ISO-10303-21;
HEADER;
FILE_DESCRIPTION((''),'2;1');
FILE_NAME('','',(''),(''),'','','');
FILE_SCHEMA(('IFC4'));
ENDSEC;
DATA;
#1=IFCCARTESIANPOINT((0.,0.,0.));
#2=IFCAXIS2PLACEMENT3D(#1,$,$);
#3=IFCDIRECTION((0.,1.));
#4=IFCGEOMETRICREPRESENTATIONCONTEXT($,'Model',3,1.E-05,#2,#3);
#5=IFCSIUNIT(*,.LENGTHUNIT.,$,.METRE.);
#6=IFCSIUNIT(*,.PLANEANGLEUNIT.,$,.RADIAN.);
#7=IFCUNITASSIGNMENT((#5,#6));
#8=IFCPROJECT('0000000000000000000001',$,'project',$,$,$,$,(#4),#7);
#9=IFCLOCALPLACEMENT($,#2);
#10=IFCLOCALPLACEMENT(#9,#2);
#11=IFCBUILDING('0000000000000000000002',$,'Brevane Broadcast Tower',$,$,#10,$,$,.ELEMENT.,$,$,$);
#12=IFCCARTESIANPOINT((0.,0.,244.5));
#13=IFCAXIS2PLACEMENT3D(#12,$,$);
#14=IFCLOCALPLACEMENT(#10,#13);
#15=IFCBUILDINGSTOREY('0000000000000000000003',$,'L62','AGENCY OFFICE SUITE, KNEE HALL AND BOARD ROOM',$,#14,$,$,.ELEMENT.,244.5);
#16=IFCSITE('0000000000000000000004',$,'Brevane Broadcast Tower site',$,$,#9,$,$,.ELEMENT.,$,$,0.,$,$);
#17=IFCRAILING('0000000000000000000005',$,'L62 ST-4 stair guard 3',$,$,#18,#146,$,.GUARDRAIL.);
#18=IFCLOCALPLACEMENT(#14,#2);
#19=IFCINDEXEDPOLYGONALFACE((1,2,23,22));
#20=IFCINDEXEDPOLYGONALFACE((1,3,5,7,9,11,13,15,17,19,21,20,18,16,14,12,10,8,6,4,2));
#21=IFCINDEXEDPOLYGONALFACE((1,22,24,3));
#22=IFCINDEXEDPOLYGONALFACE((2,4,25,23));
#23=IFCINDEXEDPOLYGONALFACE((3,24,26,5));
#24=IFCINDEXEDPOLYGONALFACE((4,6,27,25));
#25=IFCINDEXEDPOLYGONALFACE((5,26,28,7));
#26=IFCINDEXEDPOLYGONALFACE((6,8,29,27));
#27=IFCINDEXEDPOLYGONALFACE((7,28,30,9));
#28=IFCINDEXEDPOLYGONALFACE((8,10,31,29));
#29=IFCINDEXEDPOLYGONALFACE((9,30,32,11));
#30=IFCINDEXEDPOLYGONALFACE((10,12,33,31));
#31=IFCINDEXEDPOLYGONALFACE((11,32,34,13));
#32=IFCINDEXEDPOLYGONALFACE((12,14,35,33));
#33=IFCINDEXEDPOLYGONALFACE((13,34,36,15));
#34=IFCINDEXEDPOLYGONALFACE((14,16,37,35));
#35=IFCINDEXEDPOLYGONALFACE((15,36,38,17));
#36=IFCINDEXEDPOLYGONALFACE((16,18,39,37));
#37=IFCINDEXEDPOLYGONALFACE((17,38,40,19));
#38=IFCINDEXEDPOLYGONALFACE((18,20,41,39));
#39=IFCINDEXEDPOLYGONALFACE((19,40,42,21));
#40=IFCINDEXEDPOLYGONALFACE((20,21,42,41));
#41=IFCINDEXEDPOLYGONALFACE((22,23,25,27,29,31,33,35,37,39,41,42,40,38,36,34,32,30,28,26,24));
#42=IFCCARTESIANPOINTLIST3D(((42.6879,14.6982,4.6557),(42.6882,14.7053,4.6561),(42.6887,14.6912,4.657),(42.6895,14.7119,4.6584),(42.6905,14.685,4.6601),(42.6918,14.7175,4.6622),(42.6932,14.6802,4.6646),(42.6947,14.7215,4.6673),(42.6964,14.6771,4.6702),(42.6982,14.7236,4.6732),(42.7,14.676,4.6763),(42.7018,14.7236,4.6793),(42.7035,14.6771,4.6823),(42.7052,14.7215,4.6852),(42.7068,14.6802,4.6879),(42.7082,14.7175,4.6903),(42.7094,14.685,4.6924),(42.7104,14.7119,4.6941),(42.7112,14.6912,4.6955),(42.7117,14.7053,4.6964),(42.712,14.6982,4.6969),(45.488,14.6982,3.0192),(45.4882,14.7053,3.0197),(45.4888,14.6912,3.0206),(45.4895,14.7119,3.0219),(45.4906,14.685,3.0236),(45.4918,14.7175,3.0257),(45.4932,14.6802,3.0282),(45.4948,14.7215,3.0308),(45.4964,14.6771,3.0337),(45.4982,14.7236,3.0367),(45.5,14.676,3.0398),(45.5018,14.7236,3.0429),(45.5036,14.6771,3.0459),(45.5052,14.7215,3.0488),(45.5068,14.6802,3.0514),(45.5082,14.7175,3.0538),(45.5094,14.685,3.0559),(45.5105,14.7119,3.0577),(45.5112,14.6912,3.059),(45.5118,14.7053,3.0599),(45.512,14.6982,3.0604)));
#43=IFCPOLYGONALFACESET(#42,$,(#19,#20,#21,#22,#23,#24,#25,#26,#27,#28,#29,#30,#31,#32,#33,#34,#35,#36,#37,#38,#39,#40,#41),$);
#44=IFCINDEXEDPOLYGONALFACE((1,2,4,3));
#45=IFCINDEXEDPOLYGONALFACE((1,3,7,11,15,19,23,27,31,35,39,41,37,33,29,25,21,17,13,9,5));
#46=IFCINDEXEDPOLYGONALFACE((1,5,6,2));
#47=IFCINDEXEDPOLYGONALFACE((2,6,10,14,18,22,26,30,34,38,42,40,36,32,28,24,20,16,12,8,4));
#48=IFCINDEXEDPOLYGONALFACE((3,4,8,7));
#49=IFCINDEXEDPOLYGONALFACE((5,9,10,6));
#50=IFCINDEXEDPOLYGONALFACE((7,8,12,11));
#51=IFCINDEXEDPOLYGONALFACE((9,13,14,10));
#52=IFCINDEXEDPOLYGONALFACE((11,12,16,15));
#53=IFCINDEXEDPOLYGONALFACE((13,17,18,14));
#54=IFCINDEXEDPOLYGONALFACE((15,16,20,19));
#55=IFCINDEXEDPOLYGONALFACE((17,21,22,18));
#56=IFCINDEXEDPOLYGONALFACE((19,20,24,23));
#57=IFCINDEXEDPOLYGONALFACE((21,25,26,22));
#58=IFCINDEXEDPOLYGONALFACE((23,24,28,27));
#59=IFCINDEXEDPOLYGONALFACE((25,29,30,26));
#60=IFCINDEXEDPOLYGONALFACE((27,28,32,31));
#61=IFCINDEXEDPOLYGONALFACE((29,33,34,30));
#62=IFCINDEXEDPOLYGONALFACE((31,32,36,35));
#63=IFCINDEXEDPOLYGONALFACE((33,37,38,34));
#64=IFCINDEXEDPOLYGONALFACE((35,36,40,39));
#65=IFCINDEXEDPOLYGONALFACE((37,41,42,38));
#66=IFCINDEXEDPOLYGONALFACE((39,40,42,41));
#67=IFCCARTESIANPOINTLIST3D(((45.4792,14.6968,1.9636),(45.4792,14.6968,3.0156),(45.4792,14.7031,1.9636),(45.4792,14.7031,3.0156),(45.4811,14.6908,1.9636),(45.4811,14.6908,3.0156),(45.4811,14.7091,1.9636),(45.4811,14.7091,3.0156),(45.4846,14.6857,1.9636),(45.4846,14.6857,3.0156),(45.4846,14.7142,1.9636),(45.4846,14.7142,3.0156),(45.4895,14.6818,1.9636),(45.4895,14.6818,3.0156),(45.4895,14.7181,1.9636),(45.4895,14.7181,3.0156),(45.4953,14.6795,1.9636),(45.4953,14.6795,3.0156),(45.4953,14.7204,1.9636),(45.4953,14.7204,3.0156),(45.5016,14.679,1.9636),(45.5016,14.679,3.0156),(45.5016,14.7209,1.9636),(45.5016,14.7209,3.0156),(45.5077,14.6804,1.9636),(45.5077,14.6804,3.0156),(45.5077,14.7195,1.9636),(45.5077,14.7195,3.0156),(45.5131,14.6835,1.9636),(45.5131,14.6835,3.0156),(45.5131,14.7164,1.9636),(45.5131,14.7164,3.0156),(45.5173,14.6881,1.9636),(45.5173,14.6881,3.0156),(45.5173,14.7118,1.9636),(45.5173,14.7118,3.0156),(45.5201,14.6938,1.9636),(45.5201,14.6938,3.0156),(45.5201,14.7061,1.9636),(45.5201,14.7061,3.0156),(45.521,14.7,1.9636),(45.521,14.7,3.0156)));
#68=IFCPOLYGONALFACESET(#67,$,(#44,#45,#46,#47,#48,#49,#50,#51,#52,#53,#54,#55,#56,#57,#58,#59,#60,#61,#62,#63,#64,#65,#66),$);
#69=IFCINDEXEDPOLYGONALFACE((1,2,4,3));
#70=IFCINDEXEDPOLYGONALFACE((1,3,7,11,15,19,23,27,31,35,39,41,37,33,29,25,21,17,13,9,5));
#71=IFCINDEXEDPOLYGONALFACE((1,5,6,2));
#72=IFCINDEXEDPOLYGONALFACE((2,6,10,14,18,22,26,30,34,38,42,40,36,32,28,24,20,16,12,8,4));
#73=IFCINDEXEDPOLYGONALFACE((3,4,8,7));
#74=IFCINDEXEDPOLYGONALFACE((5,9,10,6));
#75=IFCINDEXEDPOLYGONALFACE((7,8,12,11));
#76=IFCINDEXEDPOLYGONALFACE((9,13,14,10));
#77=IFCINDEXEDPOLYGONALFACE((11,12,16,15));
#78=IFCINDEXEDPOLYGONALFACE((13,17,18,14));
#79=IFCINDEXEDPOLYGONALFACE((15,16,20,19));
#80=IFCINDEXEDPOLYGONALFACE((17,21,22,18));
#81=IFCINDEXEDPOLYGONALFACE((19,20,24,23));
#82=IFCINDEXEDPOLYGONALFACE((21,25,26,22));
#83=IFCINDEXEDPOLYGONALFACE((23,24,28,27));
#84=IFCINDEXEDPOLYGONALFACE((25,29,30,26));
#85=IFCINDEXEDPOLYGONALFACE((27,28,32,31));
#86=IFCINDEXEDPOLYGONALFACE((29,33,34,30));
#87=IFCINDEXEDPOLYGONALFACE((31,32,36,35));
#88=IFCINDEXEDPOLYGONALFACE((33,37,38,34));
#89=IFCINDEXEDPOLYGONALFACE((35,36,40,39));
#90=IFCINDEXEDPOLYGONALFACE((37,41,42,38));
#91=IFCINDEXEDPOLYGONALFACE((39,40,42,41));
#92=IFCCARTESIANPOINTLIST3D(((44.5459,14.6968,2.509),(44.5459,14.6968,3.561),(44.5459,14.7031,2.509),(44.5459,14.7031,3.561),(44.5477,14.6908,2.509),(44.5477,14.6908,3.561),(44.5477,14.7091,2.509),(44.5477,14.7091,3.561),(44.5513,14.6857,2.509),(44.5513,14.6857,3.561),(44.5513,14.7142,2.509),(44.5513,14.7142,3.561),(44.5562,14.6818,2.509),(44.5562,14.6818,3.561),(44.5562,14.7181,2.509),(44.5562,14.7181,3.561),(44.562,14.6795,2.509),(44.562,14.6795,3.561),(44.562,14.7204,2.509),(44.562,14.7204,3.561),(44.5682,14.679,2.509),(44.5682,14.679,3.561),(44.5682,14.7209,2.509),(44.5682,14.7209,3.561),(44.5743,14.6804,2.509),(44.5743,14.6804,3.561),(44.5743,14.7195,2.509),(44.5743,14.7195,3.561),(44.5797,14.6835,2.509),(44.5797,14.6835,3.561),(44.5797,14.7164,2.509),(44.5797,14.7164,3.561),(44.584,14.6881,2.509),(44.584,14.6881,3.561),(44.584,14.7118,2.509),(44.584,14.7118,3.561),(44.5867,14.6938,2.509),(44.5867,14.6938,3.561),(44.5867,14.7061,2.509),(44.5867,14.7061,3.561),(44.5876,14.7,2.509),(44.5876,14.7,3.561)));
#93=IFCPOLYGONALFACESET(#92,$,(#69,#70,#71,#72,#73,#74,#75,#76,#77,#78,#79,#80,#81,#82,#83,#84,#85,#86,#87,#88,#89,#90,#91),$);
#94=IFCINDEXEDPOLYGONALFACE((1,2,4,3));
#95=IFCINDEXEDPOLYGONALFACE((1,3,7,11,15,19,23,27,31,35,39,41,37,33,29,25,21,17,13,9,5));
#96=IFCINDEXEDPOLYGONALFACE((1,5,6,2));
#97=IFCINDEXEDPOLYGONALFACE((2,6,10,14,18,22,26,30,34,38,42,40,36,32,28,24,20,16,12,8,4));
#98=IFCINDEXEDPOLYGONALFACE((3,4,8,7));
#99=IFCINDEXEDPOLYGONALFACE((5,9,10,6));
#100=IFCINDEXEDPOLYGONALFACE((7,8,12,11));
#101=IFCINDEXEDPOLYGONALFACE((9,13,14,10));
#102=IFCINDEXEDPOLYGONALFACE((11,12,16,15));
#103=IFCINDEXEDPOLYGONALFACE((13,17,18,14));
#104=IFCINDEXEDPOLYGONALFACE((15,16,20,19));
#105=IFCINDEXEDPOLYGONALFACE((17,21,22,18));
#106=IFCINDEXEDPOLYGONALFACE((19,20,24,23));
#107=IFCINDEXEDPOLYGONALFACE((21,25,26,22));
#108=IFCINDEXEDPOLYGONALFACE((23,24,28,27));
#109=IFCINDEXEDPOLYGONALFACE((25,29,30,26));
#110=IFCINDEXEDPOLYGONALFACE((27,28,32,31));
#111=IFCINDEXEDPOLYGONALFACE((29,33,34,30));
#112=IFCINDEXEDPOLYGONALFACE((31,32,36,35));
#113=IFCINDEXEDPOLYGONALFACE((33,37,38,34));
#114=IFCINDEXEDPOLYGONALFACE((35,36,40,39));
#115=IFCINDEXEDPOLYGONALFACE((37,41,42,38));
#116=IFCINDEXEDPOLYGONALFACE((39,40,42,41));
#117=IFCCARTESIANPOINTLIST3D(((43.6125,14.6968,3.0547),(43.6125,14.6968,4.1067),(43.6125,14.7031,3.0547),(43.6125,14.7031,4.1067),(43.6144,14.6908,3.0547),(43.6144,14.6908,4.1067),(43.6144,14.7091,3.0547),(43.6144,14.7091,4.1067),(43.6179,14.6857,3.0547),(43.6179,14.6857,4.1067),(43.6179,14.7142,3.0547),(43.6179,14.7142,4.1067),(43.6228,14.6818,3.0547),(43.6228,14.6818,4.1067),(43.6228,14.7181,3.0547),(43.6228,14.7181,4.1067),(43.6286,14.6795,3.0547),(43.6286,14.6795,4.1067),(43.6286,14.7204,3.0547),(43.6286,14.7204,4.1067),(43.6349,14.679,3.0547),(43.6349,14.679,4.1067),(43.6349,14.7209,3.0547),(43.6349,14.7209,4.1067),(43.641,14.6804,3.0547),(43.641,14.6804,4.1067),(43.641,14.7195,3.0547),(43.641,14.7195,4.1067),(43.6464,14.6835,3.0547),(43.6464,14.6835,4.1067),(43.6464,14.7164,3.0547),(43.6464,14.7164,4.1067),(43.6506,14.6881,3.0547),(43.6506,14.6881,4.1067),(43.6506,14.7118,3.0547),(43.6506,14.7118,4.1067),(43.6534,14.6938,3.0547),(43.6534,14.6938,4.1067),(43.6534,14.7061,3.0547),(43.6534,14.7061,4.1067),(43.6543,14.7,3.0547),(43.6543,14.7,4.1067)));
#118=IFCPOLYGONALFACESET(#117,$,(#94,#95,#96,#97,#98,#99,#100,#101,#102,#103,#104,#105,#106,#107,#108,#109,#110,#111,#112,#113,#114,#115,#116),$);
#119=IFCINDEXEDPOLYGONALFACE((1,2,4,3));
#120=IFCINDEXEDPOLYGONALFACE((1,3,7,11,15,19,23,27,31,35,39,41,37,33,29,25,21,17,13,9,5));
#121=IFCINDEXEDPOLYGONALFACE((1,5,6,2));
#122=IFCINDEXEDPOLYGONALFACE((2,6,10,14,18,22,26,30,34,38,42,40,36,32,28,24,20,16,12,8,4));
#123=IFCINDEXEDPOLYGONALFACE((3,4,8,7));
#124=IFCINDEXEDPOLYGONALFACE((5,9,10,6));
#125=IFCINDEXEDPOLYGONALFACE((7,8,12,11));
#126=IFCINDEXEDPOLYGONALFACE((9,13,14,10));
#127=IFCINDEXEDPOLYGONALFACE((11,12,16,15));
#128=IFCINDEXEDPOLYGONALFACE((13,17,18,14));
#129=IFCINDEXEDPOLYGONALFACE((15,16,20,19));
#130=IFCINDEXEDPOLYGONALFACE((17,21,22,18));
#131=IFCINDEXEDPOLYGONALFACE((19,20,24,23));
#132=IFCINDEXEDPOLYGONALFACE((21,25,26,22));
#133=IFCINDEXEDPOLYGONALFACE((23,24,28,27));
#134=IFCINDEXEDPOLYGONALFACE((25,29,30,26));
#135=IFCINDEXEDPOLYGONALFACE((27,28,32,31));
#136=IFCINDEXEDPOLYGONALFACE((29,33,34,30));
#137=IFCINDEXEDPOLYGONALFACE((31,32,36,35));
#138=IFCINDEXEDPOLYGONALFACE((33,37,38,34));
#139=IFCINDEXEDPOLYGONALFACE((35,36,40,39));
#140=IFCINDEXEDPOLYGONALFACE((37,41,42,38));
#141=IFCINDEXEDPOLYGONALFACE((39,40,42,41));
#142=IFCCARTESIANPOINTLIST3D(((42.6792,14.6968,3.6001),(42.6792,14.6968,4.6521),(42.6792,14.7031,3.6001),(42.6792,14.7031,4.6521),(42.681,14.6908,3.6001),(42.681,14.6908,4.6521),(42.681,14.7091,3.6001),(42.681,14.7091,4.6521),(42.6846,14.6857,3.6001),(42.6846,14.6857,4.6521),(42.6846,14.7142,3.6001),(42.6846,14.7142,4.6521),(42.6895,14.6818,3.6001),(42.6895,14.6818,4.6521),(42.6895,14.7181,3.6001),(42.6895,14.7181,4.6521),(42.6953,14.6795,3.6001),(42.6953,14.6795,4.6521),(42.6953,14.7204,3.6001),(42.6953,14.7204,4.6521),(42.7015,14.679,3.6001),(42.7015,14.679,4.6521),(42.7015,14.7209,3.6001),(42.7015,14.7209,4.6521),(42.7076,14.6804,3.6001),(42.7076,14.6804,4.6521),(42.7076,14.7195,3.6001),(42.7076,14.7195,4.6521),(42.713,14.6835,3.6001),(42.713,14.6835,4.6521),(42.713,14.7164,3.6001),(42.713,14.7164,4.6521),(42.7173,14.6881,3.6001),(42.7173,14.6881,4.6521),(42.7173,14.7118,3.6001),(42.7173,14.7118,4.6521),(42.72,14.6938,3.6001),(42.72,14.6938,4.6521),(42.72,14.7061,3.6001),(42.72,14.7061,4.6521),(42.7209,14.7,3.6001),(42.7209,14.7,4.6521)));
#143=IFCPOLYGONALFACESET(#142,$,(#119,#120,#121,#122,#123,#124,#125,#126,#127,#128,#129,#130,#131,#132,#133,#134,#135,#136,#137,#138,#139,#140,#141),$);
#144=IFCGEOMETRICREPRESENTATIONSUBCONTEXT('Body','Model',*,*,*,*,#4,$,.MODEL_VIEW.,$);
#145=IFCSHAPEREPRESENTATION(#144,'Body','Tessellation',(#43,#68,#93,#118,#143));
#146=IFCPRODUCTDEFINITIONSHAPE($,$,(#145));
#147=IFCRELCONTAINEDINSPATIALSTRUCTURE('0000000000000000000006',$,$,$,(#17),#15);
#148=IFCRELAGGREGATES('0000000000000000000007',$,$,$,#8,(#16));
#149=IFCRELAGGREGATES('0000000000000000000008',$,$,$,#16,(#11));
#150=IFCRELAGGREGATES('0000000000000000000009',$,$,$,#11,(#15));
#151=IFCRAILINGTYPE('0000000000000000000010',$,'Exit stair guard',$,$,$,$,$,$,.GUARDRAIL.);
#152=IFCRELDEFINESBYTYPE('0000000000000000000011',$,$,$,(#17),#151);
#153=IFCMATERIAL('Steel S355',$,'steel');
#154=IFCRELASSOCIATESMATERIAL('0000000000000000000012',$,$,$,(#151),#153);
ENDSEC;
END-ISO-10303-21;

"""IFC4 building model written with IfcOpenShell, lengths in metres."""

from ifc_helpers import new_model, si_unit, direction, frame, origin, origin_2d, place, context, subcontext, project, spatial, circle, extrude, material, type_object, element, save


model = new_model("IFC4")

# Units and contexts
model_context = context("Model", 3, precision=1e-05, world=origin(), true_north=direction((0.0, 1.0)))
body_context = subcontext(model_context, "Body", "Model", "MODEL_VIEW")
ifc_project = project(units=[si_unit("LENGTHUNIT", "METRE"), si_unit("PLANEANGLEUNIT", "RADIAN")], contexts=[model_context])

# Site, building, storey
site_placement = place(None, origin())
site = spatial("IfcSite", under=ifc_project, at=site_placement, Name="Brevane Broadcast Tower site", CompositionType="ELEMENT", RefElevation=0.0)
building_placement = place(site_placement, origin())
building = spatial("IfcBuilding", under=site, at=building_placement, Name="Brevane Broadcast Tower", CompositionType="ELEMENT")
storey_placement = place(building_placement, frame((0.0, 0.0, 244.5)))
storey = spatial("IfcBuildingStorey", under=building, at=storey_placement, Name="L62", Description="AGENCY OFFICE SUITE, KNEE HALL AND BOARD ROOM", CompositionType="ELEMENT", Elevation=244.5)

# Railing
ifc_material_1 = material(Name="Steel S355", Category="steel")
railing_type_1 = type_object("IfcRailingType", Name="Exit stair guard", PredefinedType="GUARDRAIL", material=ifc_material_1)
railing_1_placement = place(storey_placement, frame((45.5, 14.7, 1.9636)))
element("IfcRailing", 1, at=railing_1_placement, inside=storey, type_object=railing_type_1, Name="L62 ST-4 stair guard 3", PredefinedType="GUARDRAIL", context=body_context, shape_type="SweptSolid", body=[
    extrude(circle(Radius=0.0239, at=origin_2d()), frame((0.0, 0.0, 1.0762), z_axis=(-0.863361, 0.0, 0.504587), x_axis=(0.0, -1.0, 0.0)), (0.0, 0.0, 1.0), 3.2432),
    extrude(circle(Radius=0.021, at=origin_2d()), origin(), (0.0, 0.0, 1.0), 1.052),
    extrude(circle(Radius=0.021, at=origin_2d()), frame((-0.9333, 0.0, 0.5454)), (0.0, 0.0, 1.0), 1.052),
    extrude(circle(Radius=0.021, at=origin_2d()), frame((-1.8667, 0.0, 1.0911)), (0.0, 0.0, 1.0), 1.052),
    extrude(circle(Radius=0.021, at=origin_2d()), frame((-2.8, 0.0, 1.6365)), (0.0, 0.0, 1.0), 1.052),
])

save(model, "model.ifc")
